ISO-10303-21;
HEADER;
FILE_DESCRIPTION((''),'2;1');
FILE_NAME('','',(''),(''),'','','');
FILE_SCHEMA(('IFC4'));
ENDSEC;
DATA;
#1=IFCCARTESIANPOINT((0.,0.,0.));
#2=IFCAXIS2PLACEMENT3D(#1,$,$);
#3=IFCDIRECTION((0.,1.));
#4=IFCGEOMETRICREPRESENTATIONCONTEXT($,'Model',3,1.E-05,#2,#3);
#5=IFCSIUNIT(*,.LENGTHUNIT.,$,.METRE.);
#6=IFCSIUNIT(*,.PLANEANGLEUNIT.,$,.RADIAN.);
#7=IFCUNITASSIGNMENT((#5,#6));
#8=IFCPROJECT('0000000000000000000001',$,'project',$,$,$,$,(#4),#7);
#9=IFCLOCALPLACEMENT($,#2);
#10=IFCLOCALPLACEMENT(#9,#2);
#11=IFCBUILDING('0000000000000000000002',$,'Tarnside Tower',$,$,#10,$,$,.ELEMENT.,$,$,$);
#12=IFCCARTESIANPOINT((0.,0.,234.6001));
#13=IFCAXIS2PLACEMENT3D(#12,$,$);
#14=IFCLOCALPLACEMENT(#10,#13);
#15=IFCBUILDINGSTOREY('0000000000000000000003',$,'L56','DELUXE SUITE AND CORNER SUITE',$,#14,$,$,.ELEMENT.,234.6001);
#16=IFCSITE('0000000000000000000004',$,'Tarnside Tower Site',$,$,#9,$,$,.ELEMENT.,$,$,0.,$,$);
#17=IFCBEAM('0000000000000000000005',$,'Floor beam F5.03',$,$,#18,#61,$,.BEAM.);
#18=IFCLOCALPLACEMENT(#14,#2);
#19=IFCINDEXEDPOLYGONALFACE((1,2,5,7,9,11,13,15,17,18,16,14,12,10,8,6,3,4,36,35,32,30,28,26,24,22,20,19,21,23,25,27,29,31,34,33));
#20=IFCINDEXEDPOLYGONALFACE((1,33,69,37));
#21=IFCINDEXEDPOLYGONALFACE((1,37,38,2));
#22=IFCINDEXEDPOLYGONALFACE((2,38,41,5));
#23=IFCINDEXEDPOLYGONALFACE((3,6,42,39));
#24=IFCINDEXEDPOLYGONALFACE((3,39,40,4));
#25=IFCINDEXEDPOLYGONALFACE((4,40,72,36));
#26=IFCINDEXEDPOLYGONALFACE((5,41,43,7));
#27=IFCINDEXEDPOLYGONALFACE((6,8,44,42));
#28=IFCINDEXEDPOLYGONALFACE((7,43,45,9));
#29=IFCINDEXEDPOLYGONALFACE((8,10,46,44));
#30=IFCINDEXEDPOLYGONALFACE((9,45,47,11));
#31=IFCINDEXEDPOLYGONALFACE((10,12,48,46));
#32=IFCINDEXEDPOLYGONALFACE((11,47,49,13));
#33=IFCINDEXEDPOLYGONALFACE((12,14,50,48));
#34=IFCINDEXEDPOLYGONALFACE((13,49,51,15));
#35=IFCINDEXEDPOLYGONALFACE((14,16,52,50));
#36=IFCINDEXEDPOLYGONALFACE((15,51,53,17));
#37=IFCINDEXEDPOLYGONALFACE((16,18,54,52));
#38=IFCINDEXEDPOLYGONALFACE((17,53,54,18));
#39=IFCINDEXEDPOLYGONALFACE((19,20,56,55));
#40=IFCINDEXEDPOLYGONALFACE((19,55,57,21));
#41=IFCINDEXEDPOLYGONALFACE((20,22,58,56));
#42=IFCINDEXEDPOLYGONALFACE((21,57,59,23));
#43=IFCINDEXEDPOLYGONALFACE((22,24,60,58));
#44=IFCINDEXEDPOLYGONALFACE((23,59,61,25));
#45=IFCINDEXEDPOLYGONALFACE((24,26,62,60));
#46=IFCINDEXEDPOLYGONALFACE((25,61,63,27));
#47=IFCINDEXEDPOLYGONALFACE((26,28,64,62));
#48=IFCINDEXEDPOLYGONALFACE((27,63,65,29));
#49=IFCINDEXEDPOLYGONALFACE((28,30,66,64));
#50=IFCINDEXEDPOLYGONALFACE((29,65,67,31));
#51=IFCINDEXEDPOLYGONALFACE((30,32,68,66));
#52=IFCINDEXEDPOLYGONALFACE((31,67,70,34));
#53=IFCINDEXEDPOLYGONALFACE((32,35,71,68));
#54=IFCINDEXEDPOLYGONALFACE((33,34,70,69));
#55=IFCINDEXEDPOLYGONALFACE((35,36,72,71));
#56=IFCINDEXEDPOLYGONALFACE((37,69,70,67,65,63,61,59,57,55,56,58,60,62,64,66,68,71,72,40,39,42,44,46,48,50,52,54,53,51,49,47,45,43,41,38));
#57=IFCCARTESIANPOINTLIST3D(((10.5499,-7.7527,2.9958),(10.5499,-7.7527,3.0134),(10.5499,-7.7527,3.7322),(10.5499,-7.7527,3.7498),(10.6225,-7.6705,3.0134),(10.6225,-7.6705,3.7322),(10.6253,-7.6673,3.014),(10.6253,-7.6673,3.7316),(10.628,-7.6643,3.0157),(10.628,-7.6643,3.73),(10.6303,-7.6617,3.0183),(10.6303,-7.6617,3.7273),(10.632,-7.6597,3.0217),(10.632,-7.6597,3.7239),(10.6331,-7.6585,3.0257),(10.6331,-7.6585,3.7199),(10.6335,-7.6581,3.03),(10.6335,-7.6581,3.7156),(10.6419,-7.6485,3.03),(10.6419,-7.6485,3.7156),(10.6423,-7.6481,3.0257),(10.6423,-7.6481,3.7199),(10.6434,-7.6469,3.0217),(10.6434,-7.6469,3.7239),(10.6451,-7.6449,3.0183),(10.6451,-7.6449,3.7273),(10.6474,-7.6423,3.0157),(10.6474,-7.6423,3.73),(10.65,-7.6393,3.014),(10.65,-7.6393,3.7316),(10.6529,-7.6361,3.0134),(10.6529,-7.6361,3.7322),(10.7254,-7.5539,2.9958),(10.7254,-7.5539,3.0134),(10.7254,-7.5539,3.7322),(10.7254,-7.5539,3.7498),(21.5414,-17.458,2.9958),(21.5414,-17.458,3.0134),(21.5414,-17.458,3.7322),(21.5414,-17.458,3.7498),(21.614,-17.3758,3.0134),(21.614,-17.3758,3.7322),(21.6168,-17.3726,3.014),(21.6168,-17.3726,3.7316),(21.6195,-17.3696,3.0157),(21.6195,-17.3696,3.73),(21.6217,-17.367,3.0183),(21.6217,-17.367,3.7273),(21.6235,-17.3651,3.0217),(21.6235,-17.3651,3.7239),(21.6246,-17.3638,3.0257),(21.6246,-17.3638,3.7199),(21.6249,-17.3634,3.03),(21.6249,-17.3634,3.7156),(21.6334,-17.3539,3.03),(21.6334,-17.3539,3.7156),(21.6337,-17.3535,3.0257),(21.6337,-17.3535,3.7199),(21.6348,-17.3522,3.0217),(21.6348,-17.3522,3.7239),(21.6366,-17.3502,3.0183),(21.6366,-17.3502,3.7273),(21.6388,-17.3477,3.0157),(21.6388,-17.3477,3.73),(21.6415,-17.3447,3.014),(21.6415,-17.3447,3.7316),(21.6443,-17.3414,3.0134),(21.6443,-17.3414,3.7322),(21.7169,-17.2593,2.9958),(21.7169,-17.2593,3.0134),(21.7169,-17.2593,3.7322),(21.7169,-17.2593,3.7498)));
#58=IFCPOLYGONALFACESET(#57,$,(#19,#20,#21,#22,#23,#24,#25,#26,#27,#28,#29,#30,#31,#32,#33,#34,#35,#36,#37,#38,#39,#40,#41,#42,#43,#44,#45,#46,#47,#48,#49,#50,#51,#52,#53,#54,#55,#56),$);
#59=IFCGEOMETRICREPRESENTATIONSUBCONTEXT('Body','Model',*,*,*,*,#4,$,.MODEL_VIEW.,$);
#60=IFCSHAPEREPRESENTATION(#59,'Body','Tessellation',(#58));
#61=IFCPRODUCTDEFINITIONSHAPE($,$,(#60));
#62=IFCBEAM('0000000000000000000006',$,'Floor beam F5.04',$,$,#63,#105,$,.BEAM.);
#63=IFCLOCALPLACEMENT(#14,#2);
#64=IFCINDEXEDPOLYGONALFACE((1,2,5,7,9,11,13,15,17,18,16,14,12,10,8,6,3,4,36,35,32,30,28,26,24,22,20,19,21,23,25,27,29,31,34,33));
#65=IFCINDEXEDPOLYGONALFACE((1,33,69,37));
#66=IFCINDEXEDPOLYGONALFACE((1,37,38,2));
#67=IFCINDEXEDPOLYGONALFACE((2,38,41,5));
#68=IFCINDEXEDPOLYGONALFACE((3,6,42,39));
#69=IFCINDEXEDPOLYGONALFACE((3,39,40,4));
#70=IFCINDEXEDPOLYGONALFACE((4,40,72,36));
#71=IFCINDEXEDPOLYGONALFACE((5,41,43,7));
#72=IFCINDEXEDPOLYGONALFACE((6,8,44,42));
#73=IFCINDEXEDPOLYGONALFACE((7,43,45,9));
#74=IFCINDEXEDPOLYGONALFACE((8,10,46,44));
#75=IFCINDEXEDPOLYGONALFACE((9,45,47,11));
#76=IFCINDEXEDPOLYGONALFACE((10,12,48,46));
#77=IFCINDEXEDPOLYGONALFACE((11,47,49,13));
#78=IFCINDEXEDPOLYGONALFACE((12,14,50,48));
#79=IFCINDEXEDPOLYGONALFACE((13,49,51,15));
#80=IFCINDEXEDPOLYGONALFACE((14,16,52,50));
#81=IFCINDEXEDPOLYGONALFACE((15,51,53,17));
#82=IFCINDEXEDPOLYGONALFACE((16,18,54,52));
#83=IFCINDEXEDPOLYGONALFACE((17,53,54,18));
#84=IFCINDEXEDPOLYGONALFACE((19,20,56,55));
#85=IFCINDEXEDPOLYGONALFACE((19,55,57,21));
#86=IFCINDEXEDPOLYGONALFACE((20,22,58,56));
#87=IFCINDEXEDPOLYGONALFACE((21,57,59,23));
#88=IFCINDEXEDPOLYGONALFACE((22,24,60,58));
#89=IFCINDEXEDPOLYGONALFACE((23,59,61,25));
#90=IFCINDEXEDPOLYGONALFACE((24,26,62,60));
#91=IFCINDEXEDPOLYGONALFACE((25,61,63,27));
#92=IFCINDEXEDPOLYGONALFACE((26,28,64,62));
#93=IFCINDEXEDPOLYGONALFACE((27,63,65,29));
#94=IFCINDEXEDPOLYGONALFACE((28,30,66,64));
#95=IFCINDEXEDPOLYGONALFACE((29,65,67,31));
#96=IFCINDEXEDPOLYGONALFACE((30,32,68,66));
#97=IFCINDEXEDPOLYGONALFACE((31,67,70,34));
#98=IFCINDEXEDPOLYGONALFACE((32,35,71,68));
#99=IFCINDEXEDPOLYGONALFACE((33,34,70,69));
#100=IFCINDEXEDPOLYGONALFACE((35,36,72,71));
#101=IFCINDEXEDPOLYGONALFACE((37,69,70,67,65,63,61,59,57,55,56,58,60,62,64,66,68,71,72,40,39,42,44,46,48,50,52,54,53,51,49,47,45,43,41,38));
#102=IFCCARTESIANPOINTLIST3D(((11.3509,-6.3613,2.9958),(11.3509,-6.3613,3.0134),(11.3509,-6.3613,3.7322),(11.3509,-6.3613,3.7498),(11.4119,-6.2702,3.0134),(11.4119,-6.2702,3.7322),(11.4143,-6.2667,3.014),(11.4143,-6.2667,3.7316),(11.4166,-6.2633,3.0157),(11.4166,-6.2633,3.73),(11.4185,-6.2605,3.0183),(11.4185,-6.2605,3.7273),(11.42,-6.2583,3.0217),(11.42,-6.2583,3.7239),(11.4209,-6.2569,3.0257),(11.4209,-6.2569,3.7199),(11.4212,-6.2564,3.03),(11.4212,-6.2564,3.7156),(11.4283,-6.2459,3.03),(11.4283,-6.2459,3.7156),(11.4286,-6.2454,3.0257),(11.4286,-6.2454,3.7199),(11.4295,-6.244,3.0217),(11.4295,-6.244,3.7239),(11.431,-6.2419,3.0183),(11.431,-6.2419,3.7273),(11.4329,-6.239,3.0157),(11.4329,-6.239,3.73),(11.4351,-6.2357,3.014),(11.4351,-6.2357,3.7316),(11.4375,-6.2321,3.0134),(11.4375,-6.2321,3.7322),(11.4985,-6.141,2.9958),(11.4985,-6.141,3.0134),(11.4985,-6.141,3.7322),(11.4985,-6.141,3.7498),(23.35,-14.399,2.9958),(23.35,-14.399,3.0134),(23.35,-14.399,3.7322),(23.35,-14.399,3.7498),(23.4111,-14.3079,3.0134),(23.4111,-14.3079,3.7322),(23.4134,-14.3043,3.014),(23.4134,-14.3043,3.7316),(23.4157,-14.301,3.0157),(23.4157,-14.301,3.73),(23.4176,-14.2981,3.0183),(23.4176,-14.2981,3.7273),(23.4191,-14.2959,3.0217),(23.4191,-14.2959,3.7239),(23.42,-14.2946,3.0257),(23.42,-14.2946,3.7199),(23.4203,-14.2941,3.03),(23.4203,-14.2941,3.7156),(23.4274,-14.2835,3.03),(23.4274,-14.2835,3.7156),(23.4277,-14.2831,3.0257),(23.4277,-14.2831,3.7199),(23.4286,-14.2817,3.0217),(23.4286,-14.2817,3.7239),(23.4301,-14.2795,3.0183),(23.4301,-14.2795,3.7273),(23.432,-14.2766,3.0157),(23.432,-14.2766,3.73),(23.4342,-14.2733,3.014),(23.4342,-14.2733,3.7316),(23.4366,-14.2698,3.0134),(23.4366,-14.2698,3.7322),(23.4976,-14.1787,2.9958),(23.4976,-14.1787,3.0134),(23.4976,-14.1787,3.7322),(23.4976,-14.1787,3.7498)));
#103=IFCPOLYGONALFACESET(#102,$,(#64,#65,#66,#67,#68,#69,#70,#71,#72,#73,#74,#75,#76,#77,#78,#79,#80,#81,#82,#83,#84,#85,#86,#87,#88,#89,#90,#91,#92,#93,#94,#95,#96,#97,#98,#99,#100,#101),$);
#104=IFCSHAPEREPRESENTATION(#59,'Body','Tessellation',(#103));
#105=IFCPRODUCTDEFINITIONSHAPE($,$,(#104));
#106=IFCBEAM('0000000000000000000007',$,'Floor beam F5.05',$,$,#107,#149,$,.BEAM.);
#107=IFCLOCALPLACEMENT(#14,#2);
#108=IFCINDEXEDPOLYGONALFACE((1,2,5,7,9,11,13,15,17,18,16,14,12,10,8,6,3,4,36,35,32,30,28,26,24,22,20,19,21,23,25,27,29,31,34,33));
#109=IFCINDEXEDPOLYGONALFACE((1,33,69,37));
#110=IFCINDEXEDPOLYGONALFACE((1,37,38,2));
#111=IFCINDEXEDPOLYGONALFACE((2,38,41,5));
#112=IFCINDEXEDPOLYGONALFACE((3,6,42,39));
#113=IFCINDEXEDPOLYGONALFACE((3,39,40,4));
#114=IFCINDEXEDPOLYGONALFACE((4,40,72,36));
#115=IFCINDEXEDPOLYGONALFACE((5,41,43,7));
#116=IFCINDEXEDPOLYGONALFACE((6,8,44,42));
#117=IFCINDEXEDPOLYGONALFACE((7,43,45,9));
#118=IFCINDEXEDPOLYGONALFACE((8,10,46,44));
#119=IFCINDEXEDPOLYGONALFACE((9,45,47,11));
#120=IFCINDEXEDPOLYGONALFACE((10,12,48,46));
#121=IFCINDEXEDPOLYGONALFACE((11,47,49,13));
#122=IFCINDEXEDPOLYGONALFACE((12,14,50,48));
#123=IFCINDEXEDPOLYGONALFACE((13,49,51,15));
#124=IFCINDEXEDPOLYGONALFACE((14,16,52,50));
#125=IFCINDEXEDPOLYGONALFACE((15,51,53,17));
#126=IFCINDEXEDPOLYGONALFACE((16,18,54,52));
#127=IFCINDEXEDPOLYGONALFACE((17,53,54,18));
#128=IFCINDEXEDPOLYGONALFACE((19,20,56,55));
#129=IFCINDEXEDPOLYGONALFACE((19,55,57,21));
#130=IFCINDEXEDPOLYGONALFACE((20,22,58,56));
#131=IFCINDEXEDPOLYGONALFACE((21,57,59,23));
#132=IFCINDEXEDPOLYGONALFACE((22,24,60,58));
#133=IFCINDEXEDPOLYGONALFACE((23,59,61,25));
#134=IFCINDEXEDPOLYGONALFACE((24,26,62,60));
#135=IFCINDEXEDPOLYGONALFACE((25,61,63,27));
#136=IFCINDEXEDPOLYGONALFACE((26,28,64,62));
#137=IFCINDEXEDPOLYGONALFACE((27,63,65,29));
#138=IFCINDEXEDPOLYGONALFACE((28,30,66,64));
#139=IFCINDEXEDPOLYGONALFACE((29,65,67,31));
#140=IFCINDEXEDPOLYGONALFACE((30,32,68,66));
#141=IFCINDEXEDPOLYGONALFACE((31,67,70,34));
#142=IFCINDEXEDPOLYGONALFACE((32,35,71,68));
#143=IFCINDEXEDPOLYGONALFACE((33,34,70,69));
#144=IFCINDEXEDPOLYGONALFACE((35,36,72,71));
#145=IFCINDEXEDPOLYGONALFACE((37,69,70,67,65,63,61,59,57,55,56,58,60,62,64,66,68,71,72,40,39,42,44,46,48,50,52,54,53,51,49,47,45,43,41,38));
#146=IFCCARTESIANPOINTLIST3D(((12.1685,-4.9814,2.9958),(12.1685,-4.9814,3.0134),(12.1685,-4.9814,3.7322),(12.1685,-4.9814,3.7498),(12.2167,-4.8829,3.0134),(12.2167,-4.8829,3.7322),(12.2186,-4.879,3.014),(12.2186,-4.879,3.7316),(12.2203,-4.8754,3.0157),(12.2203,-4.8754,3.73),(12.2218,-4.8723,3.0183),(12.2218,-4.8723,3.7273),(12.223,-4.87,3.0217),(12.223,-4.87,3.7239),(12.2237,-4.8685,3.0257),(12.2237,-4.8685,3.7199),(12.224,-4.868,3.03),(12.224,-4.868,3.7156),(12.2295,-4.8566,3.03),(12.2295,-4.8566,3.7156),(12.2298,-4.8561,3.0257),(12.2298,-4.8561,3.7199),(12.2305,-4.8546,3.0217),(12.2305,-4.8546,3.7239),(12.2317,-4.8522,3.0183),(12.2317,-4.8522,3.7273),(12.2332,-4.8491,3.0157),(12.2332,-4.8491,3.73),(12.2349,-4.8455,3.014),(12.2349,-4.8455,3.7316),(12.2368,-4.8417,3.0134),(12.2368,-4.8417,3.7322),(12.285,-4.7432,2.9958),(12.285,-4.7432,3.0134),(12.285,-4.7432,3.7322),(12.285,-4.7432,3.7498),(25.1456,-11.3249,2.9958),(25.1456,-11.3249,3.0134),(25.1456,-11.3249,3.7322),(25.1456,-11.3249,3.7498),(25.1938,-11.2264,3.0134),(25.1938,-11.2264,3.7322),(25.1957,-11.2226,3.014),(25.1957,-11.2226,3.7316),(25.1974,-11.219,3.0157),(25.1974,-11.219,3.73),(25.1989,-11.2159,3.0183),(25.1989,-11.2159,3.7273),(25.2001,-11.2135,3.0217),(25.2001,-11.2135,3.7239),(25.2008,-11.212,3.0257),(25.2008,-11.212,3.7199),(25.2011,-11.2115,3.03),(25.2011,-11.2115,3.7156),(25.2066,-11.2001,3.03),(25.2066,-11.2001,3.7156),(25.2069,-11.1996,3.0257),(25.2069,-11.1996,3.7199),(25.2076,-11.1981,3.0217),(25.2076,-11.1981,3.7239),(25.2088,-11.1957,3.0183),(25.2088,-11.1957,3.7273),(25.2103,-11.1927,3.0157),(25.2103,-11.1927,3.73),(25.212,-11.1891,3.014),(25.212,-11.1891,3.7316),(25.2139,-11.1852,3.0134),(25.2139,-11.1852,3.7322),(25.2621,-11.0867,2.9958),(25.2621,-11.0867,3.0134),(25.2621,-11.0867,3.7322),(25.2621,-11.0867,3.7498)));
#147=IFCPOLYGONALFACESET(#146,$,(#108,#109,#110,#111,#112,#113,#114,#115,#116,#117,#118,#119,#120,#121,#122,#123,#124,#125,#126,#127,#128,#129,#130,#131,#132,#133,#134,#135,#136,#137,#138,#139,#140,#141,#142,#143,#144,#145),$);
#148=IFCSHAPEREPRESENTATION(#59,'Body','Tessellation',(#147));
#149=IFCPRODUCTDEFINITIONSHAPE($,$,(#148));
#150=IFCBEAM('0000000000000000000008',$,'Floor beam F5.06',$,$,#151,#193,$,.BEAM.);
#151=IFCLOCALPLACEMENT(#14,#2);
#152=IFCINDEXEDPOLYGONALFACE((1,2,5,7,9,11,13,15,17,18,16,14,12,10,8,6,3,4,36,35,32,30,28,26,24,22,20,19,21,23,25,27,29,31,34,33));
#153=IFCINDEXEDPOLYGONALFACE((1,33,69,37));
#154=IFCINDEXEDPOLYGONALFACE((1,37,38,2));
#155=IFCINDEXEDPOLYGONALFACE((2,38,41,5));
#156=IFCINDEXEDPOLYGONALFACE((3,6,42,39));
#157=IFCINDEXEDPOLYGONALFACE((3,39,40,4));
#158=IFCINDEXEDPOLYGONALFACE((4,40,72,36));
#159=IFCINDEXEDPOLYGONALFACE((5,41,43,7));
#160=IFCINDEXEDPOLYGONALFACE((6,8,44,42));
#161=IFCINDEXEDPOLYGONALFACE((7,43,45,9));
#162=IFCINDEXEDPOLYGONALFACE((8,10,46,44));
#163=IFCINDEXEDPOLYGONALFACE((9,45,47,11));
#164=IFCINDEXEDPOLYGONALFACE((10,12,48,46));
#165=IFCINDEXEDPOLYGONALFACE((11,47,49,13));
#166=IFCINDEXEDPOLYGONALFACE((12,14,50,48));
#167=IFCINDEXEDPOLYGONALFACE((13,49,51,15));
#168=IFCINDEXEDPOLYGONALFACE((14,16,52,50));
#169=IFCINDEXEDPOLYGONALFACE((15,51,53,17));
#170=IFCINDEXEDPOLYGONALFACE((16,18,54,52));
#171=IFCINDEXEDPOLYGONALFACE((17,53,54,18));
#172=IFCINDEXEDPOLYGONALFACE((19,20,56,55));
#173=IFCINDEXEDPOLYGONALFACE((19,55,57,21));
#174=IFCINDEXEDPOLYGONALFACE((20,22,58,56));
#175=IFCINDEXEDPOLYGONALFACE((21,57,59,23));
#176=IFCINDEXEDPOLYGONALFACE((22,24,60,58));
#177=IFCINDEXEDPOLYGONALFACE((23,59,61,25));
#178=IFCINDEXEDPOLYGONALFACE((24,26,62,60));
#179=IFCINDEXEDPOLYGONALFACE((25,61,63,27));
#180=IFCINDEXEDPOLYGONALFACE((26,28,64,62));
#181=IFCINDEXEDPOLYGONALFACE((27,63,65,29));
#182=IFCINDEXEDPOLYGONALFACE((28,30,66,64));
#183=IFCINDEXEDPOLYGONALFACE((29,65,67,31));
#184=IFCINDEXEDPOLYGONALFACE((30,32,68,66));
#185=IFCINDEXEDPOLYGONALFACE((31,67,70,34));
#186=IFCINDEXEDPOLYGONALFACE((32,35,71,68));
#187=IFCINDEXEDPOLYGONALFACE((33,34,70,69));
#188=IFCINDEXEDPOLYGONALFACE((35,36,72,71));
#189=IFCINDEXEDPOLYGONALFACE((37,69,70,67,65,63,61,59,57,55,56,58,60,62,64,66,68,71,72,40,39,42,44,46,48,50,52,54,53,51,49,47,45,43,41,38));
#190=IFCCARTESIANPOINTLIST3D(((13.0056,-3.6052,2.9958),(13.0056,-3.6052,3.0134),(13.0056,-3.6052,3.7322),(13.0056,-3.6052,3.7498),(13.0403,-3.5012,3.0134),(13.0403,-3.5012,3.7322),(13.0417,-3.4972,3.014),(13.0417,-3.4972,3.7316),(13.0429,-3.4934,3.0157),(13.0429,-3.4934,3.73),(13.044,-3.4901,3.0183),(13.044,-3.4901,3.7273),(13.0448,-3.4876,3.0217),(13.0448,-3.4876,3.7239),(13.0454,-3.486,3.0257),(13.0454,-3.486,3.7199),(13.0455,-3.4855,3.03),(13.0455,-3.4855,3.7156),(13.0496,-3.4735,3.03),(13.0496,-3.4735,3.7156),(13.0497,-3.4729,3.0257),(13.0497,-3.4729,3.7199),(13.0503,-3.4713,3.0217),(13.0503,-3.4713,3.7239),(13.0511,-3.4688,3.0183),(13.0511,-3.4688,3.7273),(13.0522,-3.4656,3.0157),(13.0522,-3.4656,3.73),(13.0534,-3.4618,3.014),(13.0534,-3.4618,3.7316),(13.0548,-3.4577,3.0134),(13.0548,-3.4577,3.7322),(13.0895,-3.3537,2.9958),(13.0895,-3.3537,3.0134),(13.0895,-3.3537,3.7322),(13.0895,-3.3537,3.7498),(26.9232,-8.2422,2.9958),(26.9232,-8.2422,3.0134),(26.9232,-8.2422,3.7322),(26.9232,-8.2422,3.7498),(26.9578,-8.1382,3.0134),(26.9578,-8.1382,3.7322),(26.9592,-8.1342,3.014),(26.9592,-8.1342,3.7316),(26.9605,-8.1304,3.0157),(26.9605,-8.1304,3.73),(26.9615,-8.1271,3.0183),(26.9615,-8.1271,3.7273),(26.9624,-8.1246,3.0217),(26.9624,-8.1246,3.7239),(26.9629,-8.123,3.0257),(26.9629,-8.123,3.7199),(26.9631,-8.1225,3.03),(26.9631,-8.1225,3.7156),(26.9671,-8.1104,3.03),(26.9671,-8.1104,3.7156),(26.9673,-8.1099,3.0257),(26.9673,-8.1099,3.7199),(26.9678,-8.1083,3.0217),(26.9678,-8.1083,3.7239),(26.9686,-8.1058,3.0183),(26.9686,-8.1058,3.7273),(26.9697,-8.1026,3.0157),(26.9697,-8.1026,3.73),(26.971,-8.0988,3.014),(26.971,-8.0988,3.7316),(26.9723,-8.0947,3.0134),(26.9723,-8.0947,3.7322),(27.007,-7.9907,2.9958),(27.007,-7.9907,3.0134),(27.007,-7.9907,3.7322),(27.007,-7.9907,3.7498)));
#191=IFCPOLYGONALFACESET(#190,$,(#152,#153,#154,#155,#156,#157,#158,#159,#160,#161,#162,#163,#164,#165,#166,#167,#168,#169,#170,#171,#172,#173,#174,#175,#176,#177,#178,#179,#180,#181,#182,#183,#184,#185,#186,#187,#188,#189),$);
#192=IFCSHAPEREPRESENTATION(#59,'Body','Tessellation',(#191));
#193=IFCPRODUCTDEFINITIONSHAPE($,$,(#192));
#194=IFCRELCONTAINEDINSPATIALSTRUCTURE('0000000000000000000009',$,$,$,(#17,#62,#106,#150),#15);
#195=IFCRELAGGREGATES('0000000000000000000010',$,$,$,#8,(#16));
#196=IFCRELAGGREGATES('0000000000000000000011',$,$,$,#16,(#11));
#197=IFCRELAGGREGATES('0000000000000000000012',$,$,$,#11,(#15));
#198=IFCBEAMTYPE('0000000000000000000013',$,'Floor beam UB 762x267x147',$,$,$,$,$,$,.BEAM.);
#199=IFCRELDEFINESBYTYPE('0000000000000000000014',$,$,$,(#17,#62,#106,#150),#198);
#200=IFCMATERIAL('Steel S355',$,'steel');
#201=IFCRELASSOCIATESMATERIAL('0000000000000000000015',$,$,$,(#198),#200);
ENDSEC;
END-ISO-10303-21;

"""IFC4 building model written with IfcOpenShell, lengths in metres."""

from ifc_helpers import new_model, si_unit, direction, frame, origin, origin_2d, place, context, subcontext, project, spatial, i_section, extrude, material, material_profile, profile_set, type_object, element, save


model = new_model("IFC4")

# Units and contexts
model_context = context("Model", 3, precision=1e-05, world=origin(), true_north=direction((0.0, 1.0)))
body_context = subcontext(model_context, "Body", "Model", "MODEL_VIEW")
ifc_project = project(units=[si_unit("LENGTHUNIT", "METRE"), si_unit("PLANEANGLEUNIT", "RADIAN")], contexts=[model_context])

# Site, building, storey
site_placement = place(None, origin())
site = spatial("IfcSite", under=ifc_project, at=site_placement, Name="Tarnside Tower Site", CompositionType="ELEMENT", RefElevation=0.0)
building_placement = place(site_placement, origin())
building = spatial("IfcBuilding", under=site, at=building_placement, Name="Tarnside Tower", CompositionType="ELEMENT")
storey_placement = place(building_placement, frame((0.0, 0.0, 234.6001)))
storey = spatial("IfcBuildingStorey", under=building, at=storey_placement, Name="L56", Description="DELUXE SUITE AND CORNER SUITE", CompositionType="ELEMENT", Elevation=234.6001)

# Beams
ifc_material_1 = material(Name="Steel S355", Category="steel")
ifc_material_profile_1 = material_profile(ifc_material_1, i_section(OverallWidth=0.2651, OverallDepth=0.7539, WebThickness=0.0127, FlangeThickness=0.0176, FilletRadius=0.0166, at=origin_2d()), Name="UB 762x267x147")
ifc_profile_set_1 = profile_set([ifc_material_profile_1], Name="Steel S355")
beam_type_1 = type_object("IfcBeamType", Name="Floor beam UB 762x267x147", PredefinedType="BEAM", material=ifc_profile_set_1)
beam_1_placement = place(storey_placement, frame((21.6292, -17.3586, 3.3728), z_axis=(-0.749602, 0.661889, 0.0), x_axis=(-0.661889, -0.749602, 0.0)))
element("IfcBeam", 1, at=beam_1_placement, inside=storey, type_object=beam_type_1, Name="Floor beam F5.03", PredefinedType="BEAM", context=body_context, shape_type="SweptSolid", body=[
    extrude(i_section(OverallWidth=0.2651, OverallDepth=0.7539, WebThickness=0.0127, FlangeThickness=0.0176, FilletRadius=0.0166, at=origin_2d()), origin(), (0.0, 0.0, 1.0), 14.6631),
])
beam_2_placement = place(storey_placement, frame((23.4238, -14.2888, 3.3728), z_axis=(-0.830826, 0.556532, 0.0), x_axis=(-0.556532, -0.830826, 0.0)))
element("IfcBeam", 2, at=beam_2_placement, inside=storey, type_object=beam_type_1, Name="Floor beam F5.04", PredefinedType="BEAM", context=body_context, shape_type="SweptSolid", body=[
    extrude(i_section(OverallWidth=0.2651, OverallDepth=0.7539, WebThickness=0.0127, FlangeThickness=0.0176, FilletRadius=0.0166, at=origin_2d()), origin(), (0.0, 0.0, 1.0), 14.4424),
])
beam_3_placement = place(storey_placement, frame((25.2039, -11.2058, 3.3728), z_axis=(-0.898407, 0.439164, 0.0), x_axis=(-0.439164, -0.898407, 0.0)))
element("IfcBeam", 3, at=beam_3_placement, inside=storey, type_object=beam_type_1, Name="Floor beam F5.05", PredefinedType="BEAM", context=body_context, shape_type="SweptSolid", body=[
    extrude(i_section(OverallWidth=0.2651, OverallDepth=0.7539, WebThickness=0.0127, FlangeThickness=0.0176, FilletRadius=0.0166, at=origin_2d()), origin(), (0.0, 0.0, 1.0), 14.4446),
])
beam_4_placement = place(storey_placement, frame((26.9651, -8.1165, 3.3728), z_axis=(-0.948728, 0.316093, 0.0), x_axis=(-0.316093, -0.948728, 0.0)))
element("IfcBeam", 4, at=beam_4_placement, inside=storey, type_object=beam_type_1, Name="Floor beam F5.06", PredefinedType="BEAM", context=body_context, shape_type="SweptSolid", body=[
    extrude(i_section(OverallWidth=0.2651, OverallDepth=0.7539, WebThickness=0.0127, FlangeThickness=0.0176, FilletRadius=0.0166, at=origin_2d()), origin(), (0.0, 0.0, 1.0), 14.6697),
])

save(model, "model.ifc")
